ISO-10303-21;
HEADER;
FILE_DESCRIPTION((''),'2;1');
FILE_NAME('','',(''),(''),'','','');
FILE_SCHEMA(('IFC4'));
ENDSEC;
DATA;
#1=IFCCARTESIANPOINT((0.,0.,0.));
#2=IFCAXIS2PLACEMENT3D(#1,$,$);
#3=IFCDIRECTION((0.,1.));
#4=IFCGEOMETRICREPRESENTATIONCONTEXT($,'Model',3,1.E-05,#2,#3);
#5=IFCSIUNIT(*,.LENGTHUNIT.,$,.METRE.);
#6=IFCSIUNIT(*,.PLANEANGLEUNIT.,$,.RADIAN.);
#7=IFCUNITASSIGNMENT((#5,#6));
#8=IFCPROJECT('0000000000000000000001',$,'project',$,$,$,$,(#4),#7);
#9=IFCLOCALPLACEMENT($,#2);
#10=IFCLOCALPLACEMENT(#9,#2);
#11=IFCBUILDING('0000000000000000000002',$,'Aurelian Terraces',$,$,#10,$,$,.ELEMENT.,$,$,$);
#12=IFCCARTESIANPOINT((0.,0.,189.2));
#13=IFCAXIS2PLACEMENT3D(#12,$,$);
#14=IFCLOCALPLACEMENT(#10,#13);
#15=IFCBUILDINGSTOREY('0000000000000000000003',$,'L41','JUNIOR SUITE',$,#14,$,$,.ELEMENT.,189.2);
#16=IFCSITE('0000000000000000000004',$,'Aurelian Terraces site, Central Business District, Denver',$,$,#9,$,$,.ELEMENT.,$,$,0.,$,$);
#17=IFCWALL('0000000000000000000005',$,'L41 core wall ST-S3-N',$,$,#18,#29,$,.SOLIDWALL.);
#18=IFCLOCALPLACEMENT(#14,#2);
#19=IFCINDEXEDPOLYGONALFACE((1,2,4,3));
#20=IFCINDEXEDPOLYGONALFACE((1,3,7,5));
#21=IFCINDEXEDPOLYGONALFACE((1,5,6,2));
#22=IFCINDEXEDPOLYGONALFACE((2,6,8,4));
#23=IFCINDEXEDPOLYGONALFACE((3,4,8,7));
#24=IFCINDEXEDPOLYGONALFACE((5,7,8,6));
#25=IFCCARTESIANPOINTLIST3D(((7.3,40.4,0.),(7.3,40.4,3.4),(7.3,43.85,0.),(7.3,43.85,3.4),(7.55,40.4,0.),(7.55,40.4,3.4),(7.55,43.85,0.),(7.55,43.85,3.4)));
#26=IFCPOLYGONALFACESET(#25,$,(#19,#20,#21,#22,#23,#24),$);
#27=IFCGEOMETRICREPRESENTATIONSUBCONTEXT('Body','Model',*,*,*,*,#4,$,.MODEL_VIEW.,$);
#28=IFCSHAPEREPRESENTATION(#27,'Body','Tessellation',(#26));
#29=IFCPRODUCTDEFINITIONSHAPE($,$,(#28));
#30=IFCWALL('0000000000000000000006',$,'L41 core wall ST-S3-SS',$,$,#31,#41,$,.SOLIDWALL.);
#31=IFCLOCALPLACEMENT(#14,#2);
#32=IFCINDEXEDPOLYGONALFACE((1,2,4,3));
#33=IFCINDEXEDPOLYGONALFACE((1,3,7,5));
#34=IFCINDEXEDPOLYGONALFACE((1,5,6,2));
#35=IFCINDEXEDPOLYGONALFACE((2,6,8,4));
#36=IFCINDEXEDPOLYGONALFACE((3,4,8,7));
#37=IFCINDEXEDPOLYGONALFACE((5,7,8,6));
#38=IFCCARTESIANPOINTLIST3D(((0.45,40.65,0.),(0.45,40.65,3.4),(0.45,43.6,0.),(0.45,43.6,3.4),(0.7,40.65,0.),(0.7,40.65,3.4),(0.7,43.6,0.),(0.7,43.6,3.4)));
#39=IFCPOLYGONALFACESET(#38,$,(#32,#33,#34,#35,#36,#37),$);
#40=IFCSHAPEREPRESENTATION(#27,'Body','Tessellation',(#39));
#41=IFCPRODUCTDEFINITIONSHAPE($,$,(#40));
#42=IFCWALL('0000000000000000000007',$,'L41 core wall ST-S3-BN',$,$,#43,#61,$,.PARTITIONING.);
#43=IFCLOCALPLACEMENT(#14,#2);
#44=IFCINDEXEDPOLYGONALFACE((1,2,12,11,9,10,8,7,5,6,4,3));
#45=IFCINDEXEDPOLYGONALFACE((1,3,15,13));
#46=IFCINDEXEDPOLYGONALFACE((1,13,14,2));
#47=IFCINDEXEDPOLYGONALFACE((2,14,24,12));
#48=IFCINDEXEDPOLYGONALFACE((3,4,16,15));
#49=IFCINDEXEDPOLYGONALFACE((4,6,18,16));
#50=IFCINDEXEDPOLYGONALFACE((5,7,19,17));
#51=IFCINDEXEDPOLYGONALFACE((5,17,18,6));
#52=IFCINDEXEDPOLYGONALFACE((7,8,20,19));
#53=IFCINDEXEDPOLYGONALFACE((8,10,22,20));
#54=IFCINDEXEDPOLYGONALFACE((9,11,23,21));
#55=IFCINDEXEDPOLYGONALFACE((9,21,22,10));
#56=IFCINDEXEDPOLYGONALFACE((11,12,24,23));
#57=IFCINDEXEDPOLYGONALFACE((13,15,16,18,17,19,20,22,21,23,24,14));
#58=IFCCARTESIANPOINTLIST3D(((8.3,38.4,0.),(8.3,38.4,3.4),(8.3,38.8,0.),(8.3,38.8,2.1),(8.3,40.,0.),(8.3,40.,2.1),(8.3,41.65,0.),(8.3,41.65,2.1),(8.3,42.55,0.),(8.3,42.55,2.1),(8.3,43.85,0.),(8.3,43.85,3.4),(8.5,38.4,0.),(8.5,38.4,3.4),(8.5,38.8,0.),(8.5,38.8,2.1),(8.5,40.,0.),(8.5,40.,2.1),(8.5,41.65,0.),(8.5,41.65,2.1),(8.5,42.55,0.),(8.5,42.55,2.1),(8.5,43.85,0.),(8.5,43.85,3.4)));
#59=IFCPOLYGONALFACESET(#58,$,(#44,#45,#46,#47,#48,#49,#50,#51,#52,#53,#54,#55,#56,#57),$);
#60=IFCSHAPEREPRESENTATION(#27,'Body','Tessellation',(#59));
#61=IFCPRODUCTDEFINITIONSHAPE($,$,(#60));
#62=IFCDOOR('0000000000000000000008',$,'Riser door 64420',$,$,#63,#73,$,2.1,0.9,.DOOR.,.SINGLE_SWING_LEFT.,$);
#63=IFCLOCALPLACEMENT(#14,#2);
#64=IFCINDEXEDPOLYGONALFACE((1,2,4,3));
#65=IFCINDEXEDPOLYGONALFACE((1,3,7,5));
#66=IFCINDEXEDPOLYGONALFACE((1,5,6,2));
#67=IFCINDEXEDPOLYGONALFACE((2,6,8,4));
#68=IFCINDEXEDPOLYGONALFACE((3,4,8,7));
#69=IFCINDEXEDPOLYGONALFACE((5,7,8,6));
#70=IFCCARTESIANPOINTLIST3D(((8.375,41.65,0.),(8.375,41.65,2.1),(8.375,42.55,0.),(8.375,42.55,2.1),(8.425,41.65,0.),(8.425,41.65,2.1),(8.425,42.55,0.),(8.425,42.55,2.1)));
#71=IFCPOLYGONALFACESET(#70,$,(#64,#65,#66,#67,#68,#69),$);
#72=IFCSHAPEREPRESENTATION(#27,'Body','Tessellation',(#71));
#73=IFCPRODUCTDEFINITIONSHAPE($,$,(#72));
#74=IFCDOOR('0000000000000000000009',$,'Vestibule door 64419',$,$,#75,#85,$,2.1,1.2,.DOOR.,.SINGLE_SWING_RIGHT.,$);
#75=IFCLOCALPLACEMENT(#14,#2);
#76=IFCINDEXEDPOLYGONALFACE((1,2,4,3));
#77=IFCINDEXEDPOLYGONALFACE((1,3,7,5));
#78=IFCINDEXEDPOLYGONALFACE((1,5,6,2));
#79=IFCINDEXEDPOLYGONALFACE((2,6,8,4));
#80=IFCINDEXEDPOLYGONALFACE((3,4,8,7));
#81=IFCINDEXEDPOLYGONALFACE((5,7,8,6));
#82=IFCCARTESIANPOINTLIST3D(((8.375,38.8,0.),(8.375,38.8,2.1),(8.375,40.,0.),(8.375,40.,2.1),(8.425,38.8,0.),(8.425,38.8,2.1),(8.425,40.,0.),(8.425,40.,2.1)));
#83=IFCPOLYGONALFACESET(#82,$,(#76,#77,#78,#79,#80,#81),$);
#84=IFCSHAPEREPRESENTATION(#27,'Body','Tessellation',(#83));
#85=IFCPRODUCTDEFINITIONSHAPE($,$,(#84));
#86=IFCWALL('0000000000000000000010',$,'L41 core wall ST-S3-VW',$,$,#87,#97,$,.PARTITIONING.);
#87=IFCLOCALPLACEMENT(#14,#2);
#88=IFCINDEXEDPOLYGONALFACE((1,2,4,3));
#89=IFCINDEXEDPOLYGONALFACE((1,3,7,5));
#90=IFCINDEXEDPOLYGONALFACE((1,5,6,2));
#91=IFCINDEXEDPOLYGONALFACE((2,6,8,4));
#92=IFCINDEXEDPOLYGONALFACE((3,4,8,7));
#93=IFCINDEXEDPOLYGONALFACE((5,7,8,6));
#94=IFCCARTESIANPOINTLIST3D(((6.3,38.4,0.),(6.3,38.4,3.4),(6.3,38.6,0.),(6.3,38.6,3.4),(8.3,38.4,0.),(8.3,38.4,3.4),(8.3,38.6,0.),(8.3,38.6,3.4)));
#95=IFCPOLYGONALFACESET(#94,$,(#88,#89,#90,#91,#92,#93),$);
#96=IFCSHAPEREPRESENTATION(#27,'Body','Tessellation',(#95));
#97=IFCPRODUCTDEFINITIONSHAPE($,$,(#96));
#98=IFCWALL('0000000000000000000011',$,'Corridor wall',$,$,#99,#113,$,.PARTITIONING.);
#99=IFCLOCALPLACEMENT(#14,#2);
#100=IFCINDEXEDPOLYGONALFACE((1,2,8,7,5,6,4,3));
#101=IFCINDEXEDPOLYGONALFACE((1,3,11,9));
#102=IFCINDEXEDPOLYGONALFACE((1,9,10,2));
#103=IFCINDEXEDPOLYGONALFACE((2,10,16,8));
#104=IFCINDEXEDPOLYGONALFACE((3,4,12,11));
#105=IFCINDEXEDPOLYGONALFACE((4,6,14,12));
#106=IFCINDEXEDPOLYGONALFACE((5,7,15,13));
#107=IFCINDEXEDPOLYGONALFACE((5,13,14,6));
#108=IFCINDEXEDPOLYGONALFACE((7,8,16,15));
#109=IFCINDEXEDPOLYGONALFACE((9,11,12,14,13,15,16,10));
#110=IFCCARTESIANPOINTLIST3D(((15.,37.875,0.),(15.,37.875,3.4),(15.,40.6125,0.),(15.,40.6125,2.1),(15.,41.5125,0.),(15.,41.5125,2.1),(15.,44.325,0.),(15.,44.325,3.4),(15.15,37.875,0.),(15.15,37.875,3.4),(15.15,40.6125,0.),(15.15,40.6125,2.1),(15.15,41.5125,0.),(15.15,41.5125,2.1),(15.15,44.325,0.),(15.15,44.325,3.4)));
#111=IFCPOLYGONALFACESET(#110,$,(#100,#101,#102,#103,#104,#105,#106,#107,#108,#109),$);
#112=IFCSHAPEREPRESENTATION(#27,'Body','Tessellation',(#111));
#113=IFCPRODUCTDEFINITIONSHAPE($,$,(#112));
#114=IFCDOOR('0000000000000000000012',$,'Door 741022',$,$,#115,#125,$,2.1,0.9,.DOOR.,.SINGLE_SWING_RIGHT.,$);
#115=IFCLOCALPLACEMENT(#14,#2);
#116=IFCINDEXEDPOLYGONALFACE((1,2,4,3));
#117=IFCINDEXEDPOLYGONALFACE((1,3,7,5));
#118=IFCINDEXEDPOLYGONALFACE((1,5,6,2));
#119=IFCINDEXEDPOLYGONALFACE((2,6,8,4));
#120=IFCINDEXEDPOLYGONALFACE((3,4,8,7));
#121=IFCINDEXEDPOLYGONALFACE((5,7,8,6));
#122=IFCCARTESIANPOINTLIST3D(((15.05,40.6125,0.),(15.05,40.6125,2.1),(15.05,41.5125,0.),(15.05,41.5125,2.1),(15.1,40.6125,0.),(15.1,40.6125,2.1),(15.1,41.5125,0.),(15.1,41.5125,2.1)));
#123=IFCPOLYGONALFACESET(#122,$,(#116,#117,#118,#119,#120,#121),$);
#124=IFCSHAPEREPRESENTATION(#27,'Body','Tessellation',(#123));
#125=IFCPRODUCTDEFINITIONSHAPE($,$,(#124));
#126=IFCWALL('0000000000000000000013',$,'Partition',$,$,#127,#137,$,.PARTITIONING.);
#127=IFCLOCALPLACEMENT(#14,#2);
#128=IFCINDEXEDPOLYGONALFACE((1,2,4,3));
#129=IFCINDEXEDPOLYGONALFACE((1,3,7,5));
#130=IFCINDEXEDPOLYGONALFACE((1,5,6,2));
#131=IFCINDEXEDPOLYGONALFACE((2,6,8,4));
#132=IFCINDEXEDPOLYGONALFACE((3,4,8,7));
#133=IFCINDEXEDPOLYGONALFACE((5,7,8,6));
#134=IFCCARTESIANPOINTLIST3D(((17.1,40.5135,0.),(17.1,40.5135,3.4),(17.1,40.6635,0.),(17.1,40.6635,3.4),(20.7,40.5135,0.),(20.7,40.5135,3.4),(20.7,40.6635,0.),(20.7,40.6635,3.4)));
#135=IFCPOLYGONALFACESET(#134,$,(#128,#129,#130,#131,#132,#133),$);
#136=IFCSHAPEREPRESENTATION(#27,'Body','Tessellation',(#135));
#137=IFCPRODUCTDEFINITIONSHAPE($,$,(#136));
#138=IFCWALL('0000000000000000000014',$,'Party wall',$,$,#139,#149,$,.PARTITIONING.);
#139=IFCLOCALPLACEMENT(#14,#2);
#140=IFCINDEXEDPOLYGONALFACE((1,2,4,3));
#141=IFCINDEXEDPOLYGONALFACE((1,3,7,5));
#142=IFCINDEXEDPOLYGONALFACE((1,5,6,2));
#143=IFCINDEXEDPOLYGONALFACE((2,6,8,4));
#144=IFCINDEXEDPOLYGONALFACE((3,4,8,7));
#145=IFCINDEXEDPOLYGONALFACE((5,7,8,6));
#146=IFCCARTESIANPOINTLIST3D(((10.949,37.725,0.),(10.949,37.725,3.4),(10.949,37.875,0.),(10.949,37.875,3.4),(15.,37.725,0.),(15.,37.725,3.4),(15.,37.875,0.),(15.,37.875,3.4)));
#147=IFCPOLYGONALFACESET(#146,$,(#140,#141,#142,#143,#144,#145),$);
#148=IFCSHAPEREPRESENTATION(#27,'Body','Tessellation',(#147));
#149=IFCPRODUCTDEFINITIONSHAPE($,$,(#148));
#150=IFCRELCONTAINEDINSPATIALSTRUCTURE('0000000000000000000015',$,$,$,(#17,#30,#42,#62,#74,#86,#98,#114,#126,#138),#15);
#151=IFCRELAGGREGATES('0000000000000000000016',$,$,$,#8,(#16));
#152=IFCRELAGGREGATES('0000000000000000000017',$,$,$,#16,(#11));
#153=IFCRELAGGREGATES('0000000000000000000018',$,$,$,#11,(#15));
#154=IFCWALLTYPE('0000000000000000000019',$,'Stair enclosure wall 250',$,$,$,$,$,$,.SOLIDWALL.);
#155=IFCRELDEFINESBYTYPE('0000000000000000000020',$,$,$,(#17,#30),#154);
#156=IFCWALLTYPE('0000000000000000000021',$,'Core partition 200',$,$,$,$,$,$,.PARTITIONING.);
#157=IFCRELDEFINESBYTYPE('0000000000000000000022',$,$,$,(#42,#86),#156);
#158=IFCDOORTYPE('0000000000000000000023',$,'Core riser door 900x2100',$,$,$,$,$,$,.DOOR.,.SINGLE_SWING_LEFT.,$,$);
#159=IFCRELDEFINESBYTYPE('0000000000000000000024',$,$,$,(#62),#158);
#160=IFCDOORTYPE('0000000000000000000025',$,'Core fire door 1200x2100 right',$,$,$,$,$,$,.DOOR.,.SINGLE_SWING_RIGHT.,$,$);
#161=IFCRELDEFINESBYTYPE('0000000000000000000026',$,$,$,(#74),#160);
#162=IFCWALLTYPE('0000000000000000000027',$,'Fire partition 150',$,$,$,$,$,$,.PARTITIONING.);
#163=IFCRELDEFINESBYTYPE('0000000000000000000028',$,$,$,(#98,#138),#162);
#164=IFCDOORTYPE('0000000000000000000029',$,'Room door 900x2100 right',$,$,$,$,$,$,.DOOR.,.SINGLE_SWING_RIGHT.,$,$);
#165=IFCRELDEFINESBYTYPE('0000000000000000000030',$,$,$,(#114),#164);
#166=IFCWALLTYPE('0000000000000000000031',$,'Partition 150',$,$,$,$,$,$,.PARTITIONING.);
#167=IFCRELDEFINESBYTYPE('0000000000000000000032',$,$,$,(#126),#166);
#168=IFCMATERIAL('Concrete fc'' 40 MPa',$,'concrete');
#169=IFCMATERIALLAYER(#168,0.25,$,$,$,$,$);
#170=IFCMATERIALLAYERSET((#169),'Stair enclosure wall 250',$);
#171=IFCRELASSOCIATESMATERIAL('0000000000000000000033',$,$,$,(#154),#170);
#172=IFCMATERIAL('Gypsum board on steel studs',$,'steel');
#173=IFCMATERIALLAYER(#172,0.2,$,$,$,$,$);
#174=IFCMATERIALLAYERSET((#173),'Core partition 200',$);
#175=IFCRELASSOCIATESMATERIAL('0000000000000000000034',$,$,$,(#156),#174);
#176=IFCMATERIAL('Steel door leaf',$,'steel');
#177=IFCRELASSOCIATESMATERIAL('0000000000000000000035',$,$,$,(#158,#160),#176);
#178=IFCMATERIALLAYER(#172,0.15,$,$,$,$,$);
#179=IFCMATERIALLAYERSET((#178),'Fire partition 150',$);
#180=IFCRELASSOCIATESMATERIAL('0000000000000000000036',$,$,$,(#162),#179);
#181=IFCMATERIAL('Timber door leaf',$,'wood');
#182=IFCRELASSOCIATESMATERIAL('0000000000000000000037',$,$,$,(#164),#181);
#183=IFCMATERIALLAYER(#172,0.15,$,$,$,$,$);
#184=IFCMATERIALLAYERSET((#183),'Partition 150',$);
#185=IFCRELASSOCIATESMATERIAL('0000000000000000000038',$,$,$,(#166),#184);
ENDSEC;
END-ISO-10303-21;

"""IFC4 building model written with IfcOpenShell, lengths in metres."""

from ifc_helpers import new_model, si_unit, direction, frame, frame_2d, origin, place, context, subcontext, project, spatial, rectangle, extrude, source, transform, mapped, material, layer, layer_set, type_object, element, fill, save


model = new_model("IFC4")

# Units and contexts
model_context = context("Model", 3, precision=1e-05, world=origin(), true_north=direction((0.0, 1.0)))
body_context = subcontext(model_context, "Body", "Model", "MODEL_VIEW")
ifc_project = project(units=[si_unit("LENGTHUNIT", "METRE"), si_unit("PLANEANGLEUNIT", "RADIAN")], contexts=[model_context])

# Site, building, storey
site_placement = place(None, origin())
site = spatial("IfcSite", under=ifc_project, at=site_placement, Name="Aurelian Terraces site, Central Business District, Denver", CompositionType="ELEMENT", RefElevation=0.0)
building_placement = place(site_placement, origin())
building = spatial("IfcBuilding", under=site, at=building_placement, Name="Aurelian Terraces", CompositionType="ELEMENT")
storey_placement = place(building_placement, frame((0.0, 0.0, 189.2)))
storey = spatial("IfcBuildingStorey", under=building, at=storey_placement, Name="L41", Description="JUNIOR SUITE", CompositionType="ELEMENT", Elevation=189.2)

# Shared definitions
ifc_material_1 = material(Name="Concrete fc' 40 MPa", Category="concrete")

# Shared definitions
ifc_layer_1 = layer(ifc_material_1, 0.25)
ifc_layer_set_1 = layer_set([ifc_layer_1], Name="Stair enclosure wall 250")
wall_type_1 = type_object("IfcWallType", Name="Stair enclosure wall 250", PredefinedType="SOLIDWALL", material=ifc_layer_set_1)
ifc_material_2 = material(Name="Steel door leaf", Category="steel")

# Walls
shared_shape_1 = source(origin(), body_context, "Body", "SweptSolid", [
    extrude(rectangle(XDim=3.45, YDim=0.25, at=frame_2d((1.725, 0.0))), origin(), (0.0, 0.0, 1.0), 3.4),
])
wall_1_placement = place(storey_placement, frame((7.425, 40.4, 0.0), z_axis=(0.0, 0.0, 1.0), x_axis=(0.0, 1.0, 0.0)))
element("IfcWall", 1, at=wall_1_placement, inside=storey, type_object=wall_type_1, Name="L41 core wall ST-S3-N", PredefinedType="SOLIDWALL", context=body_context, shape_type="MappedRepresentation", body=[
    mapped(shared_shape_1, transform((0.0, 0.0, 0.0), scale=1.0)),
])
shared_shape_2 = source(origin(), body_context, "Body", "SweptSolid", [
    extrude(rectangle(XDim=2.95, YDim=0.25, at=frame_2d((1.475, 0.0))), origin(), (0.0, 0.0, 1.0), 3.4),
])
wall_2_placement = place(storey_placement, frame((0.575, 40.65, 0.0), z_axis=(0.0, 0.0, 1.0), x_axis=(0.0, 1.0, 0.0)))
element("IfcWall", 2, at=wall_2_placement, inside=storey, type_object=wall_type_1, Name="L41 core wall ST-S3-SS", PredefinedType="SOLIDWALL", context=body_context, shape_type="MappedRepresentation", body=[
    mapped(shared_shape_2, transform((0.0, 0.0, 0.0), scale=1.0)),
])

# Wall, openings, doors
ifc_material_3 = material(Name="Gypsum board on steel studs", Category="steel")
ifc_layer_2 = layer(ifc_material_3, 0.2)
ifc_layer_set_2 = layer_set([ifc_layer_2], Name="Core partition 200")
wall_type_2 = type_object("IfcWallType", Name="Core partition 200", PredefinedType="PARTITIONING", material=ifc_layer_set_2)
shared_shape_3 = source(origin(), body_context, "Body", "SweptSolid", [
    extrude(rectangle(XDim=5.45, YDim=0.2, at=frame_2d((2.725, 0.0))), origin(), (0.0, 0.0, 1.0), 3.4),
])
wall_3_placement = place(storey_placement, frame((8.4, 38.4, 0.0), z_axis=(0.0, 0.0, 1.0), x_axis=(0.0, 1.0, 0.0)))
wall_3 = element("IfcWall", 3, at=wall_3_placement, inside=storey, type_object=wall_type_2, Name="L41 core wall ST-S3-BN", PredefinedType="PARTITIONING", context=body_context, shape_type="MappedRepresentation", body=[
    mapped(shared_shape_3, transform((0.0, 0.0, 0.0), scale=1.0)),
])
shared_shape_4 = source(origin(), body_context, "Body", "SweptSolid", [
    extrude(rectangle(XDim=1.2, YDim=2.1, at=frame_2d((0.6, 1.05))), frame((0.0, 0.11, 0.0), z_axis=(0.0, -1.0, 0.0), x_axis=(1.0, 0.0, 0.0)), (0.0, 0.0, 1.0), 0.22),
])
opening_1_placement = place(wall_3_placement, frame((0.4, 0.0, 0.0)))
opening_1 = element("IfcOpeningElement", 4, at=opening_1_placement, cuts=wall_3, PredefinedType="OPENING", context=body_context, shape_type="MappedRepresentation", body=[
    mapped(shared_shape_4, transform((0.0, 0.0, 0.0), scale=1.0)),
])
shared_shape_5 = source(origin(), body_context, "Body", "SweptSolid", [
    extrude(rectangle(XDim=0.9, YDim=2.1, at=frame_2d((0.45, 1.05))), frame((0.0, 0.11, 0.0), z_axis=(0.0, -1.0, 0.0), x_axis=(1.0, 0.0, 0.0)), (0.0, 0.0, 1.0), 0.22),
])
opening_2_placement = place(wall_3_placement, frame((3.25, 0.0, 0.0)))
opening_2 = element("IfcOpeningElement", 5, at=opening_2_placement, cuts=wall_3, PredefinedType="OPENING", context=body_context, shape_type="MappedRepresentation", body=[
    mapped(shared_shape_5, transform((0.0, 0.0, 0.0), scale=1.0)),
])
door_type_1 = type_object("IfcDoorType", Name="Core riser door 900x2100", OperationType="SINGLE_SWING_LEFT", PredefinedType="DOOR", material=ifc_material_2)
shared_shape_6 = source(origin(), body_context, "Body", "SweptSolid", [
    extrude(rectangle(XDim=0.9, YDim=2.1, at=frame_2d((0.45, 1.05))), frame((0.0, 0.025, 0.0), z_axis=(0.0, -1.0, 0.0), x_axis=(1.0, 0.0, 0.0)), (0.0, 0.0, 1.0), 0.05),
])
door_1_placement = place(opening_2_placement, origin())
door_1 = element("IfcDoor", 6, at=door_1_placement, inside=storey, type_object=door_type_1, Name="Riser door 64420", OperationType="SINGLE_SWING_LEFT", OverallHeight=2.1, OverallWidth=0.9, PredefinedType="DOOR", context=body_context, shape_type="MappedRepresentation", body=[
    mapped(shared_shape_6, transform((0.0, 0.0, 0.0), scale=1.0)),
])
fill(opening_2, door_1)
door_type_2 = type_object("IfcDoorType", Name="Core fire door 1200x2100 right", OperationType="SINGLE_SWING_RIGHT", PredefinedType="DOOR", material=ifc_material_2)
shared_shape_7 = source(origin(), body_context, "Body", "SweptSolid", [
    extrude(rectangle(XDim=1.2, YDim=2.1, at=frame_2d((0.6, 1.05))), frame((0.0, 0.025, 0.0), z_axis=(0.0, -1.0, 0.0), x_axis=(1.0, 0.0, 0.0)), (0.0, 0.0, 1.0), 0.05),
])
door_2_placement = place(opening_1_placement, origin())
door_2 = element("IfcDoor", 7, at=door_2_placement, inside=storey, type_object=door_type_2, Name="Vestibule door 64419", OperationType="SINGLE_SWING_RIGHT", OverallHeight=2.1, OverallWidth=1.2, PredefinedType="DOOR", context=body_context, shape_type="MappedRepresentation", body=[
    mapped(shared_shape_7, transform((0.0, 0.0, 0.0), scale=1.0)),
])
fill(opening_1, door_2)

# Wall
shared_shape_8 = source(origin(), body_context, "Body", "SweptSolid", [
    extrude(rectangle(XDim=2.0, YDim=0.2, at=frame_2d((1.0, 0.0))), origin(), (0.0, 0.0, 1.0), 3.4),
])
wall_4_placement = place(storey_placement, frame((6.3, 38.5, 0.0), z_axis=(0.0, 0.0, 1.0), x_axis=(1.0, 0.0, 0.0)))
element("IfcWall", 8, at=wall_4_placement, inside=storey, type_object=wall_type_2, Name="L41 core wall ST-S3-VW", PredefinedType="PARTITIONING", context=body_context, shape_type="MappedRepresentation", body=[
    mapped(shared_shape_8, transform((0.0, 0.0, 0.0), scale=1.0)),
])

# Wall, opening, door
ifc_layer_3 = layer(ifc_material_3, 0.15)
ifc_layer_set_3 = layer_set([ifc_layer_3], Name="Fire partition 150")
wall_type_3 = type_object("IfcWallType", Name="Fire partition 150", PredefinedType="PARTITIONING", material=ifc_layer_set_3)
shared_shape_9 = source(origin(), body_context, "Body", "SweptSolid", [
    extrude(rectangle(XDim=6.45, YDim=0.15, at=frame_2d((3.225, 0.0))), origin(), (0.0, 0.0, 1.0), 3.4),
])
wall_5_placement = place(storey_placement, frame((15.075, 37.875, 0.0), z_axis=(0.0, 0.0, 1.0), x_axis=(0.0, 1.0, 0.0)))
wall_5 = element("IfcWall", 9, at=wall_5_placement, inside=storey, type_object=wall_type_3, Name="Corridor wall", PredefinedType="PARTITIONING", context=body_context, shape_type="MappedRepresentation", body=[
    mapped(shared_shape_9, transform((0.0, 0.0, 0.0), scale=1.0)),
])
shared_shape_10 = source(origin(), body_context, "Body", "SweptSolid", [
    extrude(rectangle(XDim=0.9, YDim=2.1, at=frame_2d((0.45, 1.05))), frame((0.0, 0.085, 0.0), z_axis=(0.0, -1.0, 0.0), x_axis=(1.0, 0.0, 0.0)), (0.0, 0.0, 1.0), 0.17),
])
opening_3_placement = place(wall_5_placement, frame((2.7375, 0.0, 0.0)))
opening_3 = element("IfcOpeningElement", 10, at=opening_3_placement, cuts=wall_5, PredefinedType="OPENING", context=body_context, shape_type="MappedRepresentation", body=[
    mapped(shared_shape_10, transform((0.0, 0.0, 0.0), scale=1.0)),
])
ifc_material_4 = material(Name="Timber door leaf", Category="wood")
door_type_3 = type_object("IfcDoorType", Name="Room door 900x2100 right", OperationType="SINGLE_SWING_RIGHT", PredefinedType="DOOR", material=ifc_material_4)
door_3_placement = place(opening_3_placement, origin())
door_3 = element("IfcDoor", 11, at=door_3_placement, inside=storey, type_object=door_type_3, Name="Door 741022", OperationType="SINGLE_SWING_RIGHT", OverallHeight=2.1, OverallWidth=0.9, PredefinedType="DOOR", context=body_context, shape_type="MappedRepresentation", body=[
    mapped(shared_shape_6, transform((0.0, 0.0, 0.0), scale=1.0)),
])
fill(opening_3, door_3)

# Walls
ifc_layer_4 = layer(ifc_material_3, 0.15)
ifc_layer_set_4 = layer_set([ifc_layer_4], Name="Partition 150")
wall_type_4 = type_object("IfcWallType", Name="Partition 150", PredefinedType="PARTITIONING", material=ifc_layer_set_4)
shared_shape_11 = source(origin(), body_context, "Body", "SweptSolid", [
    extrude(rectangle(XDim=3.6, YDim=0.15, at=frame_2d((1.8, 0.0))), origin(), (0.0, 0.0, 1.0), 3.4),
])
wall_6_placement = place(storey_placement, frame((17.1, 40.5885, 0.0), z_axis=(0.0, 0.0, 1.0), x_axis=(1.0, 0.0, 0.0)))
element("IfcWall", 12, at=wall_6_placement, inside=storey, type_object=wall_type_4, Name="Partition", PredefinedType="PARTITIONING", context=body_context, shape_type="MappedRepresentation", body=[
    mapped(shared_shape_11, transform((0.0, 0.0, 0.0), scale=1.0)),
])
shared_shape_12 = source(origin(), body_context, "Body", "SweptSolid", [
    extrude(rectangle(XDim=4.051, YDim=0.15, at=frame_2d((2.0255, 0.0))), origin(), (0.0, 0.0, 1.0), 3.4),
])
wall_7_placement = place(storey_placement, frame((15.0, 37.8, 0.0), z_axis=(0.0, 0.0, 1.0), x_axis=(-1.0, 0.0, 0.0)))
element("IfcWall", 13, at=wall_7_placement, inside=storey, type_object=wall_type_3, Name="Party wall", PredefinedType="PARTITIONING", context=body_context, shape_type="MappedRepresentation", body=[
    mapped(shared_shape_12, transform((0.0, 0.0, 0.0), scale=1.0)),
])

save(model, "model.ifc")
